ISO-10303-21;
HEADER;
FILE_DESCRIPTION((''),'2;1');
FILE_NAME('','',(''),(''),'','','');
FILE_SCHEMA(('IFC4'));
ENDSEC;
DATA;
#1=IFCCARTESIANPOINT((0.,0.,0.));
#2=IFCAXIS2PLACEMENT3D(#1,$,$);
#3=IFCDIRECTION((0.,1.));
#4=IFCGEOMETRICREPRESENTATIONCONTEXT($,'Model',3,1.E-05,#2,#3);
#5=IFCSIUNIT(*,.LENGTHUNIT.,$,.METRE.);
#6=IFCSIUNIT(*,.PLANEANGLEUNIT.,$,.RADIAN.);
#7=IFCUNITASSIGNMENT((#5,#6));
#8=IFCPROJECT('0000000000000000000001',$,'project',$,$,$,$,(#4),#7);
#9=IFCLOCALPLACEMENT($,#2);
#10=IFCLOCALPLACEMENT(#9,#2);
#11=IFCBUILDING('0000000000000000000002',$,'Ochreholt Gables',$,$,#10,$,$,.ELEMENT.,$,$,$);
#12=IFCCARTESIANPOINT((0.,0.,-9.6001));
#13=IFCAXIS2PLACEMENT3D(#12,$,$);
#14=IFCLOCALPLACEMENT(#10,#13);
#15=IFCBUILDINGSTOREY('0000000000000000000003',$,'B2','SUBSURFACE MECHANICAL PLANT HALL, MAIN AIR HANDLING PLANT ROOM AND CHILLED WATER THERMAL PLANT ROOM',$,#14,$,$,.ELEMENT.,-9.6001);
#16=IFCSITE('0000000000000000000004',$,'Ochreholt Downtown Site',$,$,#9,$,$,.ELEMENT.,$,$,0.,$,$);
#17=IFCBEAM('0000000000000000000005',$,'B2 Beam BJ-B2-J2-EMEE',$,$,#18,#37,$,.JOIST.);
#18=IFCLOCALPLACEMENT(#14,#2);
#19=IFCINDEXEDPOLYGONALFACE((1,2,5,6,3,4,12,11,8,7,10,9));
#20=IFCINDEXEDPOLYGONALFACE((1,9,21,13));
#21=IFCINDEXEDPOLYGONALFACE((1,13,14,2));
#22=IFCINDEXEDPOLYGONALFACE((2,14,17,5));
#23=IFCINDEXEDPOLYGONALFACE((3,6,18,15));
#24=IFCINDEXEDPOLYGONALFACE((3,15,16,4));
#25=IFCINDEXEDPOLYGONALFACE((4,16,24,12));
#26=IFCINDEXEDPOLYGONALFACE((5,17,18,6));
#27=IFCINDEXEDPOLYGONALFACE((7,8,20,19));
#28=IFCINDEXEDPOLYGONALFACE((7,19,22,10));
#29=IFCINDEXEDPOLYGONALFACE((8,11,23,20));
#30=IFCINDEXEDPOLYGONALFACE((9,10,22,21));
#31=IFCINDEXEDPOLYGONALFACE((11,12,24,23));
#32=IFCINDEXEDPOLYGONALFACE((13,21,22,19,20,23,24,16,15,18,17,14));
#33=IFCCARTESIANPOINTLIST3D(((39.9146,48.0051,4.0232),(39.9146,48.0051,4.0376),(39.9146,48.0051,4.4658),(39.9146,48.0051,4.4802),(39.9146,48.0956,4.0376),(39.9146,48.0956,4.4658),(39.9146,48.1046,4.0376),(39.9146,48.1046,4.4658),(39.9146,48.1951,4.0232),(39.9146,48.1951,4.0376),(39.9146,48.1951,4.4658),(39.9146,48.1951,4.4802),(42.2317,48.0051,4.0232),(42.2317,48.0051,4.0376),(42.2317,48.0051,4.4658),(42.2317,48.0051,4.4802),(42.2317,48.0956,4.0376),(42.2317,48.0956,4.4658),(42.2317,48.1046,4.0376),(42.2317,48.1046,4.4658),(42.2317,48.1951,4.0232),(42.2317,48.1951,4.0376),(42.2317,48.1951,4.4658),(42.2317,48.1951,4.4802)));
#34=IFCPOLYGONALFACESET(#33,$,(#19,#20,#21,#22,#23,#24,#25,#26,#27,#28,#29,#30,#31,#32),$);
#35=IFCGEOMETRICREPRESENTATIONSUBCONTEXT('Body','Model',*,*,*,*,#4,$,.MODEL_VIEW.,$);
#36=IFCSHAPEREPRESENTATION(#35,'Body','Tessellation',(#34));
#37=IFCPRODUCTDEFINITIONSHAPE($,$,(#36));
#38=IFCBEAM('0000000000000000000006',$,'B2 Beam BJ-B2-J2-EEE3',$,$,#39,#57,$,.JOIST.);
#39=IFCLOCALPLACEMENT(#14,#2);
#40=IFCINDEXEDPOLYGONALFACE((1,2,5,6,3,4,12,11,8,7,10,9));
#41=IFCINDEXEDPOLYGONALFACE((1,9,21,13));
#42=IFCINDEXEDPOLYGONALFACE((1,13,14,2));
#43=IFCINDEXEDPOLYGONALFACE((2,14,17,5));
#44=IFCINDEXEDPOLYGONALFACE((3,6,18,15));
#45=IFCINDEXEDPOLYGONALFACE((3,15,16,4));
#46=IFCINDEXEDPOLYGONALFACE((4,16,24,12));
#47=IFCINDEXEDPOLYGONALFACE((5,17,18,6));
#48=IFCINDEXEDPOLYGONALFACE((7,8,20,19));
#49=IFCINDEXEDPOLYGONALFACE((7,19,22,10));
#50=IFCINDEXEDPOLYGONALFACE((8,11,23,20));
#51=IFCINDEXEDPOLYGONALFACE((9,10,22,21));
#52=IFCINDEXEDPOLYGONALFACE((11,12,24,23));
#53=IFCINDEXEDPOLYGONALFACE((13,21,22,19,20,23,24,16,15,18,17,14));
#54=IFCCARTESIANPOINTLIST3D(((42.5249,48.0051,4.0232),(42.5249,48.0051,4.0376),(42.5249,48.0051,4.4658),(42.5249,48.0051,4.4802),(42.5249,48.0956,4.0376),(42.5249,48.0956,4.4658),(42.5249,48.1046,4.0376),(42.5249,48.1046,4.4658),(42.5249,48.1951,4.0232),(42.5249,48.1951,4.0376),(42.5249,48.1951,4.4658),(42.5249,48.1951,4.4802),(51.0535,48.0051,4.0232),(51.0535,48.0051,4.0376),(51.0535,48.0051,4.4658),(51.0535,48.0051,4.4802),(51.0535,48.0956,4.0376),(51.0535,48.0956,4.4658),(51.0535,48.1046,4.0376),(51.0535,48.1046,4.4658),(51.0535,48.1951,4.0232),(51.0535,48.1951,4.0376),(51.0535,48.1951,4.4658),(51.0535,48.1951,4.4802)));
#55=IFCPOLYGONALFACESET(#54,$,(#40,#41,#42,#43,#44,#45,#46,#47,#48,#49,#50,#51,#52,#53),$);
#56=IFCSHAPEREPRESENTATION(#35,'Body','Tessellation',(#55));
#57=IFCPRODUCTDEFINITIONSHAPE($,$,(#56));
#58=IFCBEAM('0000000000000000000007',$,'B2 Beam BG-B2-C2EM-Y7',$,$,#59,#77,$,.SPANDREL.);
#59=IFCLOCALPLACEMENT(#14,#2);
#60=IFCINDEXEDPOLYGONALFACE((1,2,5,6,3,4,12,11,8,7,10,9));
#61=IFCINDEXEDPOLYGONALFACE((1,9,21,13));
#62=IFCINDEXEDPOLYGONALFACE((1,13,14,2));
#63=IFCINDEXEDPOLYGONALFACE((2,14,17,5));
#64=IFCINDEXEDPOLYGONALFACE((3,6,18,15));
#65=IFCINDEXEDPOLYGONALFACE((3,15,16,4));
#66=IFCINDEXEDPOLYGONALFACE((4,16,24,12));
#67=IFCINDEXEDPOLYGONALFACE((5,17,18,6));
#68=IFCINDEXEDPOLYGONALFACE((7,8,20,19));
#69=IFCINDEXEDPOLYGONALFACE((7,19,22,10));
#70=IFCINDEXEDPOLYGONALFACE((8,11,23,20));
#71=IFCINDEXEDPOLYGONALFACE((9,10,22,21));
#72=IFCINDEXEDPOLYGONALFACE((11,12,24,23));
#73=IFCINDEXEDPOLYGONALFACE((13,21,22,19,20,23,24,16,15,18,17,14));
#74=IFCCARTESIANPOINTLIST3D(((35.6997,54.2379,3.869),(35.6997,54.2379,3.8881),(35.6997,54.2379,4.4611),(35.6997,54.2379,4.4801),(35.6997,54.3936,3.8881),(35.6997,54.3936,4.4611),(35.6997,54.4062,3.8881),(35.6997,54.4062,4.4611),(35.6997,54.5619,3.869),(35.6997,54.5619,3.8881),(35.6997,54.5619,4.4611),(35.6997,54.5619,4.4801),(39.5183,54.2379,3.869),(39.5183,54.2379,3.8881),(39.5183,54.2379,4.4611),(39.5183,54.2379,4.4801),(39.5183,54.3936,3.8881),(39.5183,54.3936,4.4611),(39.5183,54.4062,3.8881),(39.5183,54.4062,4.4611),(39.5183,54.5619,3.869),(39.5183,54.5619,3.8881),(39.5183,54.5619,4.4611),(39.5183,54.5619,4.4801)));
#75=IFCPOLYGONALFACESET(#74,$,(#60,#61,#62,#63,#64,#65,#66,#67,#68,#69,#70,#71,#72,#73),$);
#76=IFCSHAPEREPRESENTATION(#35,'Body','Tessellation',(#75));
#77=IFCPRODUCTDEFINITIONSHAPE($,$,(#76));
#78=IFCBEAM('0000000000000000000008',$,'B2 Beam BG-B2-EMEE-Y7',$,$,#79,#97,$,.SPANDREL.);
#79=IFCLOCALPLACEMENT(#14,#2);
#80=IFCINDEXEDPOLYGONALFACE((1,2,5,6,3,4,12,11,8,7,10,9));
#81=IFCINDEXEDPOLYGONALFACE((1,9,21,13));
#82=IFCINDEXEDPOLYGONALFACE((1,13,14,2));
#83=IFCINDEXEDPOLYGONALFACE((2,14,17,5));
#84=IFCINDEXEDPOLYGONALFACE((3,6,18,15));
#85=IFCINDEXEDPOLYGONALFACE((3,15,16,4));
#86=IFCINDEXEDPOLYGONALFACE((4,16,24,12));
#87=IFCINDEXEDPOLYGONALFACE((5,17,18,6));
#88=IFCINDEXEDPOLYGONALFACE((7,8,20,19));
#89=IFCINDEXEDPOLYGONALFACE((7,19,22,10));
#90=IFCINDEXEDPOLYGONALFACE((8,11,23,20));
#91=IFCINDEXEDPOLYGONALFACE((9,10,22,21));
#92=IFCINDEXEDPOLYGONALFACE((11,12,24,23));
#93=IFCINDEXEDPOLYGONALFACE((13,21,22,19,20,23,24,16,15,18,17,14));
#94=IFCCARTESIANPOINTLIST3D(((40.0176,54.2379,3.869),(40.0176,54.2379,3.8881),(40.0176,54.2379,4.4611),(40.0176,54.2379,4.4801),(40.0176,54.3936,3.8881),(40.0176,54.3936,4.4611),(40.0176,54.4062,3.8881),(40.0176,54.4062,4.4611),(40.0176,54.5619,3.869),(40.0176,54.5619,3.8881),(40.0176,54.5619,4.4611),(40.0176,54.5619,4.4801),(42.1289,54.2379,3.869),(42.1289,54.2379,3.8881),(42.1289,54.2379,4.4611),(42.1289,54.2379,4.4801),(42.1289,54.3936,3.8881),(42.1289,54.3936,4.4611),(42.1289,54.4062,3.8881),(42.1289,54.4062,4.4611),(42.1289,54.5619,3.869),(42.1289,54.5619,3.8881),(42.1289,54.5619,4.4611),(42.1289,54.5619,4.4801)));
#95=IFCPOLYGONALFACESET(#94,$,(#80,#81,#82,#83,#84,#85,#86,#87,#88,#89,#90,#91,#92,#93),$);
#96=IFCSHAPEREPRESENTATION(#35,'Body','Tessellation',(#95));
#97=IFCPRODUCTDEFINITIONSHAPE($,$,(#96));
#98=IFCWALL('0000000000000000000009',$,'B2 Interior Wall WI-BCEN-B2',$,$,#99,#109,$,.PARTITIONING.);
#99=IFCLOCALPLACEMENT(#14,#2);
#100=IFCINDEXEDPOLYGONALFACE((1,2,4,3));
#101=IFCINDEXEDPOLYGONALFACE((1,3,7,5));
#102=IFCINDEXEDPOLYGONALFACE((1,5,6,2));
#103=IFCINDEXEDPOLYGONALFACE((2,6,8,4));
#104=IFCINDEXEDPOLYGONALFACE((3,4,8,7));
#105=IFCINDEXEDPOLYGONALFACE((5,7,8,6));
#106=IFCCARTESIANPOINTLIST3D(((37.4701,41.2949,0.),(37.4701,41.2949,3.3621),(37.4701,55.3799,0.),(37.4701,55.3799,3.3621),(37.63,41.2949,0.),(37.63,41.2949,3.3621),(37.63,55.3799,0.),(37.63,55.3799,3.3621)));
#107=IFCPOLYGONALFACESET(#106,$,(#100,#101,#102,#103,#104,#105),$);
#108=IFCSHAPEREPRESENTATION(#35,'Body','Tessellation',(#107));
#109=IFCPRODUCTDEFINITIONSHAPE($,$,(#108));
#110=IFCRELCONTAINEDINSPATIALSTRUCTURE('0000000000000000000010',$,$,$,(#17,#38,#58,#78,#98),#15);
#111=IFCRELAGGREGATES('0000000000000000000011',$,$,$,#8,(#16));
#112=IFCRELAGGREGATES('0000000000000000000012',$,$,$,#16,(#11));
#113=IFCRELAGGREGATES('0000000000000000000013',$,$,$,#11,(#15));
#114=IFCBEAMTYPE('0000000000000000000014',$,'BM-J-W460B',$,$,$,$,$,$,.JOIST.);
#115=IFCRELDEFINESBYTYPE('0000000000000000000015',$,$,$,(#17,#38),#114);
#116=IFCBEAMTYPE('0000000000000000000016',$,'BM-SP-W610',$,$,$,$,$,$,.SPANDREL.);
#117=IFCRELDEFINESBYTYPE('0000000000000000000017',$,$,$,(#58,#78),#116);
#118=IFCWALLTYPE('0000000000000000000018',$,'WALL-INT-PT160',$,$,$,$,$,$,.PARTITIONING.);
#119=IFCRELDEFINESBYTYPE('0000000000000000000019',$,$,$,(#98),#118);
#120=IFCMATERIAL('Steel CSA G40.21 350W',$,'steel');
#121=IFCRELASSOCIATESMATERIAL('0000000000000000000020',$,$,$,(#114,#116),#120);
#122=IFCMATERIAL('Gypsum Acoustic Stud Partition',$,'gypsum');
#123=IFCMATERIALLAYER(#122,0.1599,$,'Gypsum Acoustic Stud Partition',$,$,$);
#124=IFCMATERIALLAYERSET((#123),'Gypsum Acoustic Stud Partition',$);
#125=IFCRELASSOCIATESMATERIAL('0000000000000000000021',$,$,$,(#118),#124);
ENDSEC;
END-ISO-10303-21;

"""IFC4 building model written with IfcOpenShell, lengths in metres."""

from ifc_helpers import new_model, si_unit, direction, frame, frame_2d, origin, origin_2d, place, context, subcontext, project, spatial, rectangle, i_section, extrude, material, layer, layer_set, material_profile, profile_set, type_object, element, save


model = new_model("IFC4")

# Units and contexts
model_context = context("Model", 3, precision=1e-05, world=origin(), true_north=direction((0.0, 1.0)))
body_context = subcontext(model_context, "Body", "Model", "MODEL_VIEW")
ifc_project = project(units=[si_unit("LENGTHUNIT", "METRE"), si_unit("PLANEANGLEUNIT", "RADIAN")], contexts=[model_context])

# Site, building, storey
site_placement = place(None, origin())
site = spatial("IfcSite", under=ifc_project, at=site_placement, Name="Ochreholt Downtown Site", CompositionType="ELEMENT", RefElevation=0.0)
building_placement = place(site_placement, origin())
building = spatial("IfcBuilding", under=site, at=building_placement, Name="Ochreholt Gables", CompositionType="ELEMENT")
storey_placement = place(building_placement, frame((0.0, 0.0, -9.6001)))
storey = spatial("IfcBuildingStorey", under=building, at=storey_placement, Name="B2", Description="SUBSURFACE MECHANICAL PLANT HALL, MAIN AIR HANDLING PLANT ROOM AND CHILLED WATER THERMAL PLANT ROOM", CompositionType="ELEMENT", Elevation=-9.6001)

# Shared definitions
ifc_material_1 = material(Name="Steel CSA G40.21 350W", Category="steel")

# Beams
ifc_material_profile_1 = material_profile(ifc_material_1, i_section(OverallWidth=0.1899, OverallDepth=0.457, WebThickness=0.009, FlangeThickness=0.0144, at=origin_2d()), Name="W460X74")
ifc_profile_set_1 = profile_set([ifc_material_profile_1], Name="Steel CSA G40.21 350W")
beam_type_1 = type_object("IfcBeamType", Name="BM-J-W460B", PredefinedType="JOIST", material=ifc_profile_set_1)
beam_1_placement = place(storey_placement, frame((39.9146, 48.1001, 4.2517), z_axis=(1.0, 0.0, 0.0), x_axis=(0.0, 1.0, 0.0)))
element("IfcBeam", 1, at=beam_1_placement, inside=storey, type_object=beam_type_1, Name="B2 Beam BJ-B2-J2-EMEE", PredefinedType="JOIST", context=body_context, shape_type="SweptSolid", body=[
    extrude(i_section(OverallWidth=0.1899, OverallDepth=0.457, WebThickness=0.009, FlangeThickness=0.0144, at=origin_2d()), origin(), (0.0, 0.0, 1.0), 2.3171),
])
beam_2_placement = place(storey_placement, frame((42.5249, 48.1001, 4.2517), z_axis=(1.0, 0.0, 0.0), x_axis=(0.0, 1.0, 0.0)))
element("IfcBeam", 2, at=beam_2_placement, inside=storey, type_object=beam_type_1, Name="B2 Beam BJ-B2-J2-EEE3", PredefinedType="JOIST", context=body_context, shape_type="SweptSolid", body=[
    extrude(i_section(OverallWidth=0.1899, OverallDepth=0.457, WebThickness=0.009, FlangeThickness=0.0144, at=origin_2d()), origin(), (0.0, 0.0, 1.0), 8.5286),
])
ifc_material_profile_2 = material_profile(ifc_material_1, i_section(OverallWidth=0.324, OverallDepth=0.6111, WebThickness=0.0127, FlangeThickness=0.019, at=origin_2d()), Name="W610X155")
ifc_profile_set_2 = profile_set([ifc_material_profile_2], Name="Steel CSA G40.21 350W")
beam_type_2 = type_object("IfcBeamType", Name="BM-SP-W610", PredefinedType="SPANDREL", material=ifc_profile_set_2)
beam_3_placement = place(storey_placement, frame((35.6997, 54.3999, 4.1746), z_axis=(1.0, 0.0, 0.0), x_axis=(0.0, 1.0, 0.0)))
element("IfcBeam", 3, at=beam_3_placement, inside=storey, type_object=beam_type_2, Name="B2 Beam BG-B2-C2EM-Y7", PredefinedType="SPANDREL", context=body_context, shape_type="SweptSolid", body=[
    extrude(i_section(OverallWidth=0.324, OverallDepth=0.6111, WebThickness=0.0127, FlangeThickness=0.019, at=origin_2d()), origin(), (0.0, 0.0, 1.0), 3.8186),
])
beam_4_placement = place(storey_placement, frame((40.0176, 54.3999, 4.1746), z_axis=(1.0, 0.0, 0.0), x_axis=(0.0, 1.0, 0.0)))
element("IfcBeam", 4, at=beam_4_placement, inside=storey, type_object=beam_type_2, Name="B2 Beam BG-B2-EMEE-Y7", PredefinedType="SPANDREL", context=body_context, shape_type="SweptSolid", body=[
    extrude(i_section(OverallWidth=0.324, OverallDepth=0.6111, WebThickness=0.0127, FlangeThickness=0.019, at=origin_2d()), origin(), (0.0, 0.0, 1.0), 2.1113),
])

# Wall
ifc_material_2 = material(Name="Gypsum Acoustic Stud Partition", Category="gypsum")
ifc_layer = layer(ifc_material_2, 0.1599, Name="Gypsum Acoustic Stud Partition")
ifc_layer_set = layer_set([ifc_layer], Name="Gypsum Acoustic Stud Partition")
wall_type = type_object("IfcWallType", Name="WALL-INT-PT160", PredefinedType="PARTITIONING", material=ifc_layer_set)
wall_placement = place(storey_placement, frame((37.55, 41.2949, 0.0), z_axis=(0.0, 0.0, 1.0), x_axis=(0.0, 1.0, 0.0)))
element("IfcWall", 5, at=wall_placement, inside=storey, type_object=wall_type, Name="B2 Interior Wall WI-BCEN-B2", PredefinedType="PARTITIONING", context=body_context, shape_type="SweptSolid", body=[
    extrude(rectangle(XDim=14.085, YDim=0.1599, at=frame_2d((7.0425, 0.0))), origin(), (0.0, 0.0, 1.0), 3.3621),
])

save(model, "model.ifc")
